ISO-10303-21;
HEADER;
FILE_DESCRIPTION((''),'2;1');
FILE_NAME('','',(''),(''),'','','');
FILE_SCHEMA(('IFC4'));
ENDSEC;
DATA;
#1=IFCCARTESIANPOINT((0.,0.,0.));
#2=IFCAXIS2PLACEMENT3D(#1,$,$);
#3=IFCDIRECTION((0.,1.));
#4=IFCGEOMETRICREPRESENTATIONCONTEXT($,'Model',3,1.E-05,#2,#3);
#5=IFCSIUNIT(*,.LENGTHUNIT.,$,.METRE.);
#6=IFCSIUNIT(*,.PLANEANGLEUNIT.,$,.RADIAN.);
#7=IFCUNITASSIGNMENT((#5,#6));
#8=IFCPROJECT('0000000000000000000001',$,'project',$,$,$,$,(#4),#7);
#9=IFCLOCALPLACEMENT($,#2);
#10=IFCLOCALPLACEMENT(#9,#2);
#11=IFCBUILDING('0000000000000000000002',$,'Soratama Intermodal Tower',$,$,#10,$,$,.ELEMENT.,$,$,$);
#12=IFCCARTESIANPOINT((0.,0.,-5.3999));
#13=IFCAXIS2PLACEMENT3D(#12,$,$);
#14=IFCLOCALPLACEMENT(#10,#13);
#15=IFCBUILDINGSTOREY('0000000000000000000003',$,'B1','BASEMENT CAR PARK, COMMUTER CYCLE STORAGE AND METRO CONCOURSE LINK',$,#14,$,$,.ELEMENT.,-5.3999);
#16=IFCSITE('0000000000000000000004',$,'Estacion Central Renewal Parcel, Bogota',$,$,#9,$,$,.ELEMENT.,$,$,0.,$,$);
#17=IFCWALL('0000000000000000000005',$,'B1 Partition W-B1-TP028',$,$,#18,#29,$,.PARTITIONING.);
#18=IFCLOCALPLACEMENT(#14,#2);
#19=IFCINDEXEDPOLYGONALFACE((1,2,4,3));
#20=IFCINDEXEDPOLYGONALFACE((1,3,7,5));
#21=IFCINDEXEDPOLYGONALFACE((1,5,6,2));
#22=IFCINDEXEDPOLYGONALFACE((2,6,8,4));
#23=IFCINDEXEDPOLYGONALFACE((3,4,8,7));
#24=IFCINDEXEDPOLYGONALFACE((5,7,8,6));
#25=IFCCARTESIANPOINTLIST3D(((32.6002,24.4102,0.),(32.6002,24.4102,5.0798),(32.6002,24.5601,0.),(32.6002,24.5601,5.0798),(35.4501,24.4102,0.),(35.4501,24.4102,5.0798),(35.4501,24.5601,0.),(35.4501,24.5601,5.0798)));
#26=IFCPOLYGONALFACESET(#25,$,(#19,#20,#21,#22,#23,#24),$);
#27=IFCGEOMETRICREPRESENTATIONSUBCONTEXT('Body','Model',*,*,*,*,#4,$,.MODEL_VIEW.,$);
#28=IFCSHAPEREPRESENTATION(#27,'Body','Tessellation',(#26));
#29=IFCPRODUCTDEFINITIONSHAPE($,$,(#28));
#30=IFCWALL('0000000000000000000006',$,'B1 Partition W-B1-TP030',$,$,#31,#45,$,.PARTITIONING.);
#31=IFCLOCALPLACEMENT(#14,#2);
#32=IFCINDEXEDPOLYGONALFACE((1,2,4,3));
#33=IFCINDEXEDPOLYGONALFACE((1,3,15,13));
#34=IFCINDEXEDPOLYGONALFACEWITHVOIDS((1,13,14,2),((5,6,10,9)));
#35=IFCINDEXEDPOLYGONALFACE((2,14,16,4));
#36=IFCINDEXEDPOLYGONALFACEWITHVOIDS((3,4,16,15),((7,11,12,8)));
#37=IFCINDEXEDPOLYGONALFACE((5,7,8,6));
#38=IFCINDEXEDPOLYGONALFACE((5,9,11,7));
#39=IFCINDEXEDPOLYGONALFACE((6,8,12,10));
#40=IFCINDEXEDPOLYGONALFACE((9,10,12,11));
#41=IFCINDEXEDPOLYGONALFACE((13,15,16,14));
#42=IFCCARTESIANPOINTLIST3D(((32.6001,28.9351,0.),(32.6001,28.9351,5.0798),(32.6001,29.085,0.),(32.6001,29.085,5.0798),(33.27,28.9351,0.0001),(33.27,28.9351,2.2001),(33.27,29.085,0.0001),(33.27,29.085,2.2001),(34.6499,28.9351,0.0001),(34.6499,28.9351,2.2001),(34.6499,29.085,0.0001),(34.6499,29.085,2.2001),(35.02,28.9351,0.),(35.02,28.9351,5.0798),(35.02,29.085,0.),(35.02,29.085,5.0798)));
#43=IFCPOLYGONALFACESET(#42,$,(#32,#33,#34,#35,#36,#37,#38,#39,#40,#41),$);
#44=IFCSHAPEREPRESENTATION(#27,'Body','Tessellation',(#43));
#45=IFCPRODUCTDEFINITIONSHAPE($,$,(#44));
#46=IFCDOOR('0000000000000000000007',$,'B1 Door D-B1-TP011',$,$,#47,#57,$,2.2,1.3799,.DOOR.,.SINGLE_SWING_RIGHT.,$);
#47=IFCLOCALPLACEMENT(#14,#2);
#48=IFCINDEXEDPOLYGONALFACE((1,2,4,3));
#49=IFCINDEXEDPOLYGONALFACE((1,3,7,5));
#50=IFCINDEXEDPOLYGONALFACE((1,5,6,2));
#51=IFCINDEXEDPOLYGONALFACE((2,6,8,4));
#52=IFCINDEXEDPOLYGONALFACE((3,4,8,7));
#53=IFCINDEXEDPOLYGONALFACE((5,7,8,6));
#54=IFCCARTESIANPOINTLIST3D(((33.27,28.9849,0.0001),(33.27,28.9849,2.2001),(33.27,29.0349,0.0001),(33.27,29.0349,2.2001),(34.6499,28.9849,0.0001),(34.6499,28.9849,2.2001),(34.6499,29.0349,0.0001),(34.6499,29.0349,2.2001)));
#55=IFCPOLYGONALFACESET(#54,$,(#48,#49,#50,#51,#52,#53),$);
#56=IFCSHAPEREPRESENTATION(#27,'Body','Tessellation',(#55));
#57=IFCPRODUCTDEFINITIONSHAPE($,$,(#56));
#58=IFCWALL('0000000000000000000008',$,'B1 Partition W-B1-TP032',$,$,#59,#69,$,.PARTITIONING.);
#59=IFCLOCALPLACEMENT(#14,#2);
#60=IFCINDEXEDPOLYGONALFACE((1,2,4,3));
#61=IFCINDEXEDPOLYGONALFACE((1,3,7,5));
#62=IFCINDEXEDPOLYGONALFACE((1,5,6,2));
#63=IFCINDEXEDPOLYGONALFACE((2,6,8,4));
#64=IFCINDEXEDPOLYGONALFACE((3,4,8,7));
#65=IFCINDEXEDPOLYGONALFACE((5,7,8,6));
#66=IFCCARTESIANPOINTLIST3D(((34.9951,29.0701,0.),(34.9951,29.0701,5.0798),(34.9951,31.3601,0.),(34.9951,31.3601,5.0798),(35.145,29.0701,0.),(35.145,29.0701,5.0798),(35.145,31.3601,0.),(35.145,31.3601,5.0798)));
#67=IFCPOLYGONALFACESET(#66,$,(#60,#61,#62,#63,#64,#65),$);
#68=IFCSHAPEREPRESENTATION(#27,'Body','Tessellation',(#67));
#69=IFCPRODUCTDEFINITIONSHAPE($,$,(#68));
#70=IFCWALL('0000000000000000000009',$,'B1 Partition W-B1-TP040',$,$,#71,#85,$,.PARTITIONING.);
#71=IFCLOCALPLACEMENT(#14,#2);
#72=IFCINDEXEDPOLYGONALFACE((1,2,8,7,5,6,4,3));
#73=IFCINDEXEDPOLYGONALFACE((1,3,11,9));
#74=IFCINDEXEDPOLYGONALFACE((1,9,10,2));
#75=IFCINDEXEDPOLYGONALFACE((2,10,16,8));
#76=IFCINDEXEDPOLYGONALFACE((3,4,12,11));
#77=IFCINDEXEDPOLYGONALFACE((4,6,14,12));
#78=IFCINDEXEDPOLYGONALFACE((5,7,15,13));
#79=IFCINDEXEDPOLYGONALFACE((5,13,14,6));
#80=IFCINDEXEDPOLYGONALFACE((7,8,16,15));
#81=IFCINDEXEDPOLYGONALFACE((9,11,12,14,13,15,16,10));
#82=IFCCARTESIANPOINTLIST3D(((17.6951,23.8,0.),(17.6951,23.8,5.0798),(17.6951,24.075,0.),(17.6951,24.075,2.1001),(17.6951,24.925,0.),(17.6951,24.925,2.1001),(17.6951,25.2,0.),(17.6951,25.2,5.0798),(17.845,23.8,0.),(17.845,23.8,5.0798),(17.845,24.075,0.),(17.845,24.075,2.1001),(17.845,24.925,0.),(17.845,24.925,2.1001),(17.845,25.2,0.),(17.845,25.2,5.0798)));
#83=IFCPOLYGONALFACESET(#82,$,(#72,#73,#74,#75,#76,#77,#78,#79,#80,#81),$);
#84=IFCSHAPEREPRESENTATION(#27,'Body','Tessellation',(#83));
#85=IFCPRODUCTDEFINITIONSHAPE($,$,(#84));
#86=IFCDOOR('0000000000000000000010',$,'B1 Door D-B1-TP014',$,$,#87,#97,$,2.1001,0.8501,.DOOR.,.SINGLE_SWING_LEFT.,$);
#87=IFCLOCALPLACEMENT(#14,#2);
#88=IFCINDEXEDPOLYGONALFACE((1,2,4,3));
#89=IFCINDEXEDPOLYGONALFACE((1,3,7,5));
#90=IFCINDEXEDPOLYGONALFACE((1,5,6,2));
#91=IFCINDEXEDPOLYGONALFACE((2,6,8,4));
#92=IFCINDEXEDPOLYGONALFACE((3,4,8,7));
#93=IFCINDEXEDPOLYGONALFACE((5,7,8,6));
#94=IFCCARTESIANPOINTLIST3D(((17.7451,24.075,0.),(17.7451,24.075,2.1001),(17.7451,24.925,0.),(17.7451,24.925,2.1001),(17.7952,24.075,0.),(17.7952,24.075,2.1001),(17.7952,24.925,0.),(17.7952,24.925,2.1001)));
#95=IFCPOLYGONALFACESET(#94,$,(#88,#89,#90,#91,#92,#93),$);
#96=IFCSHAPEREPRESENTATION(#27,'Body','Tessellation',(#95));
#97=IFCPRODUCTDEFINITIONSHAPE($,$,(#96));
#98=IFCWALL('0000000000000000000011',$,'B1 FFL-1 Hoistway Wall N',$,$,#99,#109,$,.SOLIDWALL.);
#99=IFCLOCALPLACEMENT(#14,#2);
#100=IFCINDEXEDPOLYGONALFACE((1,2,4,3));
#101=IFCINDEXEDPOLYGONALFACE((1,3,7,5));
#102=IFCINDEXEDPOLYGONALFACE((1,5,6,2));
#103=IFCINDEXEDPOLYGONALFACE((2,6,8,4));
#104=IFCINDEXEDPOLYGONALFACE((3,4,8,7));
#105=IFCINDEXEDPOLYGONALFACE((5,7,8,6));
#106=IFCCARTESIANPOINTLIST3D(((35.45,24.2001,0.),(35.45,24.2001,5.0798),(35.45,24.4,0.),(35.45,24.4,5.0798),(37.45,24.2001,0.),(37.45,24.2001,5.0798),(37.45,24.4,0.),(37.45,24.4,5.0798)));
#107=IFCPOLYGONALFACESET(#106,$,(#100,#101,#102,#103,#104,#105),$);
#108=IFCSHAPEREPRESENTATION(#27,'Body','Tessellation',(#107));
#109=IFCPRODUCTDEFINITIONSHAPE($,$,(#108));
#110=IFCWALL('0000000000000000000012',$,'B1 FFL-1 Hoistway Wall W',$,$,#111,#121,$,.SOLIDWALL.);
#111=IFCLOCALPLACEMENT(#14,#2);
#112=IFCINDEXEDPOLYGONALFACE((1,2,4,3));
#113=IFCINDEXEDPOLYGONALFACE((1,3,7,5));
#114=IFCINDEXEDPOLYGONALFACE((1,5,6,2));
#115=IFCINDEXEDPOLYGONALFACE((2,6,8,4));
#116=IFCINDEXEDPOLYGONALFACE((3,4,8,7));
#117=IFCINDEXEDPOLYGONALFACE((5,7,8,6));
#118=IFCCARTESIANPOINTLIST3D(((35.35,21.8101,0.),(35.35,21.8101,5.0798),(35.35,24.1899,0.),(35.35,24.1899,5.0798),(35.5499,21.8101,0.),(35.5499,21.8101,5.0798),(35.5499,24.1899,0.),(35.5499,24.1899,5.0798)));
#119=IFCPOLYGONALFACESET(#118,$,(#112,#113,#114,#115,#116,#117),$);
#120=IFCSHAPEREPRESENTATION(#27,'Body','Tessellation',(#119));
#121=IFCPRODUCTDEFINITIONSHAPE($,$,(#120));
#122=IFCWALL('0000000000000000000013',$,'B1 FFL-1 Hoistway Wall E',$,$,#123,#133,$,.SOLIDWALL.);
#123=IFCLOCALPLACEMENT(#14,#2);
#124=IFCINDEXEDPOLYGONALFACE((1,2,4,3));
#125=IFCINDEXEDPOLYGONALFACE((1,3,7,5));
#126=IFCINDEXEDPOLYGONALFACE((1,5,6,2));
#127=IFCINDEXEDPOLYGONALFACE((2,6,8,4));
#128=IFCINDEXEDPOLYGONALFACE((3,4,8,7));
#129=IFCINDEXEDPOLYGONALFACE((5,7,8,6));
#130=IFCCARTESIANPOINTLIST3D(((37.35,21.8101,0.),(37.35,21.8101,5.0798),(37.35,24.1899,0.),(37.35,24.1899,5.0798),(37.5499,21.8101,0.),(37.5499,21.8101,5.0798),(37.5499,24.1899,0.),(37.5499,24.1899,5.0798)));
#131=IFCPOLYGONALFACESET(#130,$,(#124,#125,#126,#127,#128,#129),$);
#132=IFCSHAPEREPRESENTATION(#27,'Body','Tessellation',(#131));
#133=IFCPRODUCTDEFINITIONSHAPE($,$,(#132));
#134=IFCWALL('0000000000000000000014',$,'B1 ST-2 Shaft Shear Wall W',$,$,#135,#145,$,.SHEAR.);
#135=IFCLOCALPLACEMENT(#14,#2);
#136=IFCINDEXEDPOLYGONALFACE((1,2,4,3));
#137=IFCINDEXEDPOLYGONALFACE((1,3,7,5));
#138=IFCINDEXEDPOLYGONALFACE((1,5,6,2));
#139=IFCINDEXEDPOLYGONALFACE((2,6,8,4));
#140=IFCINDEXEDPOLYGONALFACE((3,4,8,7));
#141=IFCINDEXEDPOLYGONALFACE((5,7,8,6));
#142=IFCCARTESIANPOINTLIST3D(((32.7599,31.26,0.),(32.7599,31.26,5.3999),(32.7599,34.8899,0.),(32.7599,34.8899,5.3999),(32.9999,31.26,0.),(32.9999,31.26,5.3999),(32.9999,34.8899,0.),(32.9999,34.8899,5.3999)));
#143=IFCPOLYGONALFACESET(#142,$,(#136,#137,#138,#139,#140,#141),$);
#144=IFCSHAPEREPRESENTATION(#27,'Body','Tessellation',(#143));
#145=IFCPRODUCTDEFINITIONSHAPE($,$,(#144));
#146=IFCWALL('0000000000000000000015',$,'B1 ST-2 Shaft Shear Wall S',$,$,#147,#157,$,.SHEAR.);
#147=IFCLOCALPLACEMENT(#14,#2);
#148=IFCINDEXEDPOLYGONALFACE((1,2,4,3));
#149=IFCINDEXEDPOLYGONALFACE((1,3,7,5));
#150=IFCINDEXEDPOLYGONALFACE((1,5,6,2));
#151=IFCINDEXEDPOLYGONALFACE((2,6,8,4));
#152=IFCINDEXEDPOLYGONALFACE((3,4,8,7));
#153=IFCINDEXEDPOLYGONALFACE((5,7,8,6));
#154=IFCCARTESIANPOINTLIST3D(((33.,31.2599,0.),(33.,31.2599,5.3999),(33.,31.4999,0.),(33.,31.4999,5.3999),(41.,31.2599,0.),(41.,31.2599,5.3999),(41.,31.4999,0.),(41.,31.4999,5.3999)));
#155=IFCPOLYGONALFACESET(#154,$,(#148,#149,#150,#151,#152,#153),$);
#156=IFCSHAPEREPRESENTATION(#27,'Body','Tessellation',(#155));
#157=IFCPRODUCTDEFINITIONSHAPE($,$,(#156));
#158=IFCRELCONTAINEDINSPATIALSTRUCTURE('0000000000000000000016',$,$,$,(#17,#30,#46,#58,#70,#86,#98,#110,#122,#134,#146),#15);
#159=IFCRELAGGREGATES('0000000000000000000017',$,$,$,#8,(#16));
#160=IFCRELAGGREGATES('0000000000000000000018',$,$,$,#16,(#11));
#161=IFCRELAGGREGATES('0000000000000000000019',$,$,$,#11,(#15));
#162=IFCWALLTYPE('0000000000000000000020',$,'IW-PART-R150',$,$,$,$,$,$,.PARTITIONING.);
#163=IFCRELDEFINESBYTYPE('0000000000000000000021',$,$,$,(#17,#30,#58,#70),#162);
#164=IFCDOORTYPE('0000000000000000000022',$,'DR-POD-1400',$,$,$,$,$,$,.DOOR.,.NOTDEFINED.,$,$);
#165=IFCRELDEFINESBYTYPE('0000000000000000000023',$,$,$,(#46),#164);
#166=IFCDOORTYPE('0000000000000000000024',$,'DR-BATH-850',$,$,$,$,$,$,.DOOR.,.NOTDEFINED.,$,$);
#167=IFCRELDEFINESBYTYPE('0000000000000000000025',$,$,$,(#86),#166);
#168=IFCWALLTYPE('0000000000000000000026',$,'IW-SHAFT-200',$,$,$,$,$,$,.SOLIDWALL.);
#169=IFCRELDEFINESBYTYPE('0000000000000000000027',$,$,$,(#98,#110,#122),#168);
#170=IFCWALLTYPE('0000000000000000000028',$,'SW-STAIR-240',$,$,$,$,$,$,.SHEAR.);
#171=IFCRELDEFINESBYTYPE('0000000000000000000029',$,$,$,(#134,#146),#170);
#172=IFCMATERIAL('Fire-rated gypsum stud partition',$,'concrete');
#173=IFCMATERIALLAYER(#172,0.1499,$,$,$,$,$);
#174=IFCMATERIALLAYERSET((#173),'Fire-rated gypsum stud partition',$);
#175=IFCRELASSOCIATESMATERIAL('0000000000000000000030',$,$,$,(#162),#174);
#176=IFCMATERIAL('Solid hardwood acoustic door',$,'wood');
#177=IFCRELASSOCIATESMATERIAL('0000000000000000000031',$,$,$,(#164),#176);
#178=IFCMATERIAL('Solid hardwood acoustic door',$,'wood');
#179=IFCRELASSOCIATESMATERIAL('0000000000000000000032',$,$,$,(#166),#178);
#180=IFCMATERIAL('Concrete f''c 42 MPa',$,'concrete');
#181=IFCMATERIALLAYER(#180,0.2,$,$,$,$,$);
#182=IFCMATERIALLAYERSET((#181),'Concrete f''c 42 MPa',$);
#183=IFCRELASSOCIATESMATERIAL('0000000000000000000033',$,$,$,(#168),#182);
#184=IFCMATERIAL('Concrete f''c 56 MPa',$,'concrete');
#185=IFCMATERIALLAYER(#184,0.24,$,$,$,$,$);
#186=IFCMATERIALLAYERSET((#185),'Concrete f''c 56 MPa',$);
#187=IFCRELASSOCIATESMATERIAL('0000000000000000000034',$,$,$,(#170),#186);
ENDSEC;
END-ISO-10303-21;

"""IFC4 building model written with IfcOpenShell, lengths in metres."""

from ifc_helpers import new_model, si_unit, direction, frame, frame_2d, origin, place, context, subcontext, project, spatial, rectangle, extrude, material, layer, layer_set, type_object, element, fill, save


model = new_model("IFC4")

# Units and contexts
model_context = context("Model", 3, precision=1e-05, world=origin(), true_north=direction((0.0, 1.0)))
body_context = subcontext(model_context, "Body", "Model", "MODEL_VIEW")
ifc_project = project(units=[si_unit("LENGTHUNIT", "METRE"), si_unit("PLANEANGLEUNIT", "RADIAN")], contexts=[model_context])

# Site, building, storey
site_placement = place(None, origin())
site = spatial("IfcSite", under=ifc_project, at=site_placement, Name="Estacion Central Renewal Parcel, Bogota", CompositionType="ELEMENT", RefElevation=0.0)
building_placement = place(site_placement, origin())
building = spatial("IfcBuilding", under=site, at=building_placement, Name="Soratama Intermodal Tower", CompositionType="ELEMENT")
storey_placement = place(building_placement, frame((0.0, 0.0, -5.3999)))
storey = spatial("IfcBuildingStorey", under=building, at=storey_placement, Name="B1", Description="BASEMENT CAR PARK, COMMUTER CYCLE STORAGE AND METRO CONCOURSE LINK", CompositionType="ELEMENT", Elevation=-5.3999)

# Shared definitions
ifc_material_1 = material(Name="Fire-rated gypsum stud partition", Category="concrete")
ifc_layer_1 = layer(ifc_material_1, 0.1499)
ifc_layer_set_1 = layer_set([ifc_layer_1], Name="Fire-rated gypsum stud partition")
wall_type_1 = type_object("IfcWallType", Name="IW-PART-R150", PredefinedType="PARTITIONING", material=ifc_layer_set_1)

# Shared definitions
ifc_material_2 = material(Name="Solid hardwood acoustic door", Category="wood")
door_type_1 = type_object("IfcDoorType", Name="DR-POD-1400", OperationType="NOTDEFINED", PredefinedType="DOOR", material=ifc_material_2)

# Wall
wall_1_placement = place(storey_placement, frame((35.45, 24.4851, 0.0), z_axis=(0.0, 0.0, 1.0), x_axis=(-1.0, 0.0, 0.0)))
element("IfcWall", 1, at=wall_1_placement, inside=storey, type_object=wall_type_1, Name="B1 Partition W-B1-TP028", PredefinedType="PARTITIONING", context=body_context, shape_type="SweptSolid", body=[
    extrude(rectangle(XDim=2.8499, YDim=0.1499, at=frame_2d((1.4248, 0.0))), origin(), (0.0, 0.0, 1.0), 5.0798),
])

# Wall, opening, door
wall_2_placement = place(storey_placement, frame((32.6001, 29.01, 0.0), z_axis=(0.0, 0.0, 1.0), x_axis=(1.0, 0.0, 0.0)))
wall_2 = element("IfcWall", 2, at=wall_2_placement, inside=storey, type_object=wall_type_1, Name="B1 Partition W-B1-TP030", PredefinedType="PARTITIONING", context=body_context, shape_type="SweptSolid", body=[
    extrude(rectangle(XDim=2.4199, YDim=0.1499, at=frame_2d((1.21, 0.0))), origin(), (0.0, 0.0, 1.0), 5.0798),
])
opening_1_placement = place(wall_2_placement, frame((0.6699, 0.0, 0.0)))
opening_1 = element("IfcOpeningElement", 3, at=opening_1_placement, cuts=wall_2, PredefinedType="OPENING", context=body_context, shape_type="SweptSolid", body=[
    extrude(rectangle(XDim=1.3799, YDim=2.2, at=frame_2d((0.6899, 1.1001))), frame((0.0, 0.085, 0.0), z_axis=(0.0, -1.0, 0.0), x_axis=(1.0, 0.0, 0.0)), (0.0, 0.0, 1.0), 0.1699),
])
door_1_placement = place(opening_1_placement, origin())
door_1 = element("IfcDoor", 4, at=door_1_placement, inside=storey, type_object=door_type_1, Name="B1 Door D-B1-TP011", OperationType="SINGLE_SWING_RIGHT", OverallHeight=2.2, OverallWidth=1.3799, PredefinedType="DOOR", context=body_context, shape_type="SweptSolid", body=[
    extrude(rectangle(XDim=1.3799, YDim=2.2, at=frame_2d((0.6899, 1.1001))), frame((0.0, 0.0249, 0.0), z_axis=(0.0, -1.0, 0.0), x_axis=(1.0, 0.0, 0.0)), (0.0, 0.0, 1.0), 0.05),
])
fill(opening_1, door_1)

# Wall
wall_3_placement = place(storey_placement, frame((35.0701, 29.0701, 0.0), z_axis=(0.0, 0.0, 1.0), x_axis=(0.0, 1.0, 0.0)))
element("IfcWall", 5, at=wall_3_placement, inside=storey, type_object=wall_type_1, Name="B1 Partition W-B1-TP032", PredefinedType="PARTITIONING", context=body_context, shape_type="SweptSolid", body=[
    extrude(rectangle(XDim=2.29, YDim=0.1499, at=frame_2d((1.145, 0.0))), origin(), (0.0, 0.0, 1.0), 5.0798),
])

# Wall, opening, door
wall_4_placement = place(storey_placement, frame((17.77, 23.8, 0.0), z_axis=(0.0, 0.0, 1.0), x_axis=(0.0, 1.0, 0.0)))
wall_4 = element("IfcWall", 6, at=wall_4_placement, inside=storey, type_object=wall_type_1, Name="B1 Partition W-B1-TP040", PredefinedType="PARTITIONING", context=body_context, shape_type="SweptSolid", body=[
    extrude(rectangle(XDim=1.3999, YDim=0.1499, at=frame_2d((0.7, 0.0))), origin(), (0.0, 0.0, 1.0), 5.0798),
])
opening_2_placement = place(wall_4_placement, frame((0.2749, 0.0, 0.0)))
opening_2 = element("IfcOpeningElement", 7, at=opening_2_placement, cuts=wall_4, PredefinedType="OPENING", context=body_context, shape_type="SweptSolid", body=[
    extrude(rectangle(XDim=0.8501, YDim=2.1001, at=frame_2d((0.425, 1.05))), frame((0.0, 0.085, 0.0), z_axis=(0.0, -1.0, 0.0), x_axis=(1.0, 0.0, 0.0)), (0.0, 0.0, 1.0), 0.1699),
])
ifc_material_3 = material(Name="Solid hardwood acoustic door", Category="wood")
door_type_2 = type_object("IfcDoorType", Name="DR-BATH-850", OperationType="NOTDEFINED", PredefinedType="DOOR", material=ifc_material_3)
door_2_placement = place(opening_2_placement, origin())
door_2 = element("IfcDoor", 8, at=door_2_placement, inside=storey, type_object=door_type_2, Name="B1 Door D-B1-TP014", OperationType="SINGLE_SWING_LEFT", OverallHeight=2.1001, OverallWidth=0.8501, PredefinedType="DOOR", context=body_context, shape_type="SweptSolid", body=[
    extrude(rectangle(XDim=0.8501, YDim=2.1001, at=frame_2d((0.425, 1.05))), frame((0.0, 0.0249, 0.0), z_axis=(0.0, -1.0, 0.0), x_axis=(1.0, 0.0, 0.0)), (0.0, 0.0, 1.0), 0.05),
])
fill(opening_2, door_2)

# Walls
ifc_material_4 = material(Name="Concrete f'c 42 MPa", Category="concrete")
ifc_layer_2 = layer(ifc_material_4, 0.2)
ifc_layer_set_2 = layer_set([ifc_layer_2], Name="Concrete f'c 42 MPa")
wall_type_2 = type_object("IfcWallType", Name="IW-SHAFT-200", PredefinedType="SOLIDWALL", material=ifc_layer_set_2)
wall_5_placement = place(storey_placement, frame((35.45, 24.3, 0.0), z_axis=(0.0, 0.0, 1.0), x_axis=(1.0, 0.0, 0.0)))
element("IfcWall", 9, at=wall_5_placement, inside=storey, type_object=wall_type_2, Name="B1 FFL-1 Hoistway Wall N", PredefinedType="SOLIDWALL", context=body_context, shape_type="SweptSolid", body=[
    extrude(rectangle(XDim=2.0, YDim=0.2, at=frame_2d((1.0, 0.0))), origin(), (0.0, 0.0, 1.0), 5.0798),
])
for number, where, z_axis, x_axis, name in (
    (10, (35.45, 21.8101, 0.0), (0.0, 0.0, 1.0), (0.0, 1.0, 0.0), "B1 FFL-1 Hoistway Wall W"),
    (11, (37.45, 21.8101, 0.0), (0.0, 0.0, 1.0), (0.0, 1.0, 0.0), "B1 FFL-1 Hoistway Wall E"),
):
    element("IfcWall", number, at=place(storey_placement, frame(where, z_axis=z_axis, x_axis=x_axis)), inside=storey, type_object=wall_type_2, Name=name, PredefinedType="SOLIDWALL", context=body_context, shape_type="SweptSolid", body=[
        extrude(rectangle(XDim=2.3799, YDim=0.2, at=frame_2d((1.1899, 0.0))), origin(), (0.0, 0.0, 1.0), 5.0798),
    ])

# Walls
ifc_material_5 = material(Name="Concrete f'c 56 MPa", Category="concrete")
ifc_layer_3 = layer(ifc_material_5, 0.24)
ifc_layer_set_3 = layer_set([ifc_layer_3], Name="Concrete f'c 56 MPa")
wall_type_3 = type_object("IfcWallType", Name="SW-STAIR-240", PredefinedType="SHEAR", material=ifc_layer_set_3)
wall_6_placement = place(storey_placement, frame((32.8799, 31.26, 0.0), z_axis=(0.0, 0.0, 1.0), x_axis=(0.0, 1.0, 0.0)))
element("IfcWall", 12, at=wall_6_placement, inside=storey, type_object=wall_type_3, Name="B1 ST-2 Shaft Shear Wall W", PredefinedType="SHEAR", context=body_context, shape_type="SweptSolid", body=[
    extrude(rectangle(XDim=3.6299, YDim=0.24, at=frame_2d((1.8149, 0.0))), origin(), (0.0, 0.0, 1.0), 5.3999),
])
wall_7_placement = place(storey_placement, frame((33.0, 31.3799, 0.0), z_axis=(0.0, 0.0, 1.0), x_axis=(1.0, 0.0, 0.0)))
element("IfcWall", 13, at=wall_7_placement, inside=storey, type_object=wall_type_3, Name="B1 ST-2 Shaft Shear Wall S", PredefinedType="SHEAR", context=body_context, shape_type="SweptSolid", body=[
    extrude(rectangle(XDim=8.0, YDim=0.24, at=frame_2d((4.0, 0.0))), origin(), (0.0, 0.0, 1.0), 5.3999),
])

save(model, "model.ifc")
